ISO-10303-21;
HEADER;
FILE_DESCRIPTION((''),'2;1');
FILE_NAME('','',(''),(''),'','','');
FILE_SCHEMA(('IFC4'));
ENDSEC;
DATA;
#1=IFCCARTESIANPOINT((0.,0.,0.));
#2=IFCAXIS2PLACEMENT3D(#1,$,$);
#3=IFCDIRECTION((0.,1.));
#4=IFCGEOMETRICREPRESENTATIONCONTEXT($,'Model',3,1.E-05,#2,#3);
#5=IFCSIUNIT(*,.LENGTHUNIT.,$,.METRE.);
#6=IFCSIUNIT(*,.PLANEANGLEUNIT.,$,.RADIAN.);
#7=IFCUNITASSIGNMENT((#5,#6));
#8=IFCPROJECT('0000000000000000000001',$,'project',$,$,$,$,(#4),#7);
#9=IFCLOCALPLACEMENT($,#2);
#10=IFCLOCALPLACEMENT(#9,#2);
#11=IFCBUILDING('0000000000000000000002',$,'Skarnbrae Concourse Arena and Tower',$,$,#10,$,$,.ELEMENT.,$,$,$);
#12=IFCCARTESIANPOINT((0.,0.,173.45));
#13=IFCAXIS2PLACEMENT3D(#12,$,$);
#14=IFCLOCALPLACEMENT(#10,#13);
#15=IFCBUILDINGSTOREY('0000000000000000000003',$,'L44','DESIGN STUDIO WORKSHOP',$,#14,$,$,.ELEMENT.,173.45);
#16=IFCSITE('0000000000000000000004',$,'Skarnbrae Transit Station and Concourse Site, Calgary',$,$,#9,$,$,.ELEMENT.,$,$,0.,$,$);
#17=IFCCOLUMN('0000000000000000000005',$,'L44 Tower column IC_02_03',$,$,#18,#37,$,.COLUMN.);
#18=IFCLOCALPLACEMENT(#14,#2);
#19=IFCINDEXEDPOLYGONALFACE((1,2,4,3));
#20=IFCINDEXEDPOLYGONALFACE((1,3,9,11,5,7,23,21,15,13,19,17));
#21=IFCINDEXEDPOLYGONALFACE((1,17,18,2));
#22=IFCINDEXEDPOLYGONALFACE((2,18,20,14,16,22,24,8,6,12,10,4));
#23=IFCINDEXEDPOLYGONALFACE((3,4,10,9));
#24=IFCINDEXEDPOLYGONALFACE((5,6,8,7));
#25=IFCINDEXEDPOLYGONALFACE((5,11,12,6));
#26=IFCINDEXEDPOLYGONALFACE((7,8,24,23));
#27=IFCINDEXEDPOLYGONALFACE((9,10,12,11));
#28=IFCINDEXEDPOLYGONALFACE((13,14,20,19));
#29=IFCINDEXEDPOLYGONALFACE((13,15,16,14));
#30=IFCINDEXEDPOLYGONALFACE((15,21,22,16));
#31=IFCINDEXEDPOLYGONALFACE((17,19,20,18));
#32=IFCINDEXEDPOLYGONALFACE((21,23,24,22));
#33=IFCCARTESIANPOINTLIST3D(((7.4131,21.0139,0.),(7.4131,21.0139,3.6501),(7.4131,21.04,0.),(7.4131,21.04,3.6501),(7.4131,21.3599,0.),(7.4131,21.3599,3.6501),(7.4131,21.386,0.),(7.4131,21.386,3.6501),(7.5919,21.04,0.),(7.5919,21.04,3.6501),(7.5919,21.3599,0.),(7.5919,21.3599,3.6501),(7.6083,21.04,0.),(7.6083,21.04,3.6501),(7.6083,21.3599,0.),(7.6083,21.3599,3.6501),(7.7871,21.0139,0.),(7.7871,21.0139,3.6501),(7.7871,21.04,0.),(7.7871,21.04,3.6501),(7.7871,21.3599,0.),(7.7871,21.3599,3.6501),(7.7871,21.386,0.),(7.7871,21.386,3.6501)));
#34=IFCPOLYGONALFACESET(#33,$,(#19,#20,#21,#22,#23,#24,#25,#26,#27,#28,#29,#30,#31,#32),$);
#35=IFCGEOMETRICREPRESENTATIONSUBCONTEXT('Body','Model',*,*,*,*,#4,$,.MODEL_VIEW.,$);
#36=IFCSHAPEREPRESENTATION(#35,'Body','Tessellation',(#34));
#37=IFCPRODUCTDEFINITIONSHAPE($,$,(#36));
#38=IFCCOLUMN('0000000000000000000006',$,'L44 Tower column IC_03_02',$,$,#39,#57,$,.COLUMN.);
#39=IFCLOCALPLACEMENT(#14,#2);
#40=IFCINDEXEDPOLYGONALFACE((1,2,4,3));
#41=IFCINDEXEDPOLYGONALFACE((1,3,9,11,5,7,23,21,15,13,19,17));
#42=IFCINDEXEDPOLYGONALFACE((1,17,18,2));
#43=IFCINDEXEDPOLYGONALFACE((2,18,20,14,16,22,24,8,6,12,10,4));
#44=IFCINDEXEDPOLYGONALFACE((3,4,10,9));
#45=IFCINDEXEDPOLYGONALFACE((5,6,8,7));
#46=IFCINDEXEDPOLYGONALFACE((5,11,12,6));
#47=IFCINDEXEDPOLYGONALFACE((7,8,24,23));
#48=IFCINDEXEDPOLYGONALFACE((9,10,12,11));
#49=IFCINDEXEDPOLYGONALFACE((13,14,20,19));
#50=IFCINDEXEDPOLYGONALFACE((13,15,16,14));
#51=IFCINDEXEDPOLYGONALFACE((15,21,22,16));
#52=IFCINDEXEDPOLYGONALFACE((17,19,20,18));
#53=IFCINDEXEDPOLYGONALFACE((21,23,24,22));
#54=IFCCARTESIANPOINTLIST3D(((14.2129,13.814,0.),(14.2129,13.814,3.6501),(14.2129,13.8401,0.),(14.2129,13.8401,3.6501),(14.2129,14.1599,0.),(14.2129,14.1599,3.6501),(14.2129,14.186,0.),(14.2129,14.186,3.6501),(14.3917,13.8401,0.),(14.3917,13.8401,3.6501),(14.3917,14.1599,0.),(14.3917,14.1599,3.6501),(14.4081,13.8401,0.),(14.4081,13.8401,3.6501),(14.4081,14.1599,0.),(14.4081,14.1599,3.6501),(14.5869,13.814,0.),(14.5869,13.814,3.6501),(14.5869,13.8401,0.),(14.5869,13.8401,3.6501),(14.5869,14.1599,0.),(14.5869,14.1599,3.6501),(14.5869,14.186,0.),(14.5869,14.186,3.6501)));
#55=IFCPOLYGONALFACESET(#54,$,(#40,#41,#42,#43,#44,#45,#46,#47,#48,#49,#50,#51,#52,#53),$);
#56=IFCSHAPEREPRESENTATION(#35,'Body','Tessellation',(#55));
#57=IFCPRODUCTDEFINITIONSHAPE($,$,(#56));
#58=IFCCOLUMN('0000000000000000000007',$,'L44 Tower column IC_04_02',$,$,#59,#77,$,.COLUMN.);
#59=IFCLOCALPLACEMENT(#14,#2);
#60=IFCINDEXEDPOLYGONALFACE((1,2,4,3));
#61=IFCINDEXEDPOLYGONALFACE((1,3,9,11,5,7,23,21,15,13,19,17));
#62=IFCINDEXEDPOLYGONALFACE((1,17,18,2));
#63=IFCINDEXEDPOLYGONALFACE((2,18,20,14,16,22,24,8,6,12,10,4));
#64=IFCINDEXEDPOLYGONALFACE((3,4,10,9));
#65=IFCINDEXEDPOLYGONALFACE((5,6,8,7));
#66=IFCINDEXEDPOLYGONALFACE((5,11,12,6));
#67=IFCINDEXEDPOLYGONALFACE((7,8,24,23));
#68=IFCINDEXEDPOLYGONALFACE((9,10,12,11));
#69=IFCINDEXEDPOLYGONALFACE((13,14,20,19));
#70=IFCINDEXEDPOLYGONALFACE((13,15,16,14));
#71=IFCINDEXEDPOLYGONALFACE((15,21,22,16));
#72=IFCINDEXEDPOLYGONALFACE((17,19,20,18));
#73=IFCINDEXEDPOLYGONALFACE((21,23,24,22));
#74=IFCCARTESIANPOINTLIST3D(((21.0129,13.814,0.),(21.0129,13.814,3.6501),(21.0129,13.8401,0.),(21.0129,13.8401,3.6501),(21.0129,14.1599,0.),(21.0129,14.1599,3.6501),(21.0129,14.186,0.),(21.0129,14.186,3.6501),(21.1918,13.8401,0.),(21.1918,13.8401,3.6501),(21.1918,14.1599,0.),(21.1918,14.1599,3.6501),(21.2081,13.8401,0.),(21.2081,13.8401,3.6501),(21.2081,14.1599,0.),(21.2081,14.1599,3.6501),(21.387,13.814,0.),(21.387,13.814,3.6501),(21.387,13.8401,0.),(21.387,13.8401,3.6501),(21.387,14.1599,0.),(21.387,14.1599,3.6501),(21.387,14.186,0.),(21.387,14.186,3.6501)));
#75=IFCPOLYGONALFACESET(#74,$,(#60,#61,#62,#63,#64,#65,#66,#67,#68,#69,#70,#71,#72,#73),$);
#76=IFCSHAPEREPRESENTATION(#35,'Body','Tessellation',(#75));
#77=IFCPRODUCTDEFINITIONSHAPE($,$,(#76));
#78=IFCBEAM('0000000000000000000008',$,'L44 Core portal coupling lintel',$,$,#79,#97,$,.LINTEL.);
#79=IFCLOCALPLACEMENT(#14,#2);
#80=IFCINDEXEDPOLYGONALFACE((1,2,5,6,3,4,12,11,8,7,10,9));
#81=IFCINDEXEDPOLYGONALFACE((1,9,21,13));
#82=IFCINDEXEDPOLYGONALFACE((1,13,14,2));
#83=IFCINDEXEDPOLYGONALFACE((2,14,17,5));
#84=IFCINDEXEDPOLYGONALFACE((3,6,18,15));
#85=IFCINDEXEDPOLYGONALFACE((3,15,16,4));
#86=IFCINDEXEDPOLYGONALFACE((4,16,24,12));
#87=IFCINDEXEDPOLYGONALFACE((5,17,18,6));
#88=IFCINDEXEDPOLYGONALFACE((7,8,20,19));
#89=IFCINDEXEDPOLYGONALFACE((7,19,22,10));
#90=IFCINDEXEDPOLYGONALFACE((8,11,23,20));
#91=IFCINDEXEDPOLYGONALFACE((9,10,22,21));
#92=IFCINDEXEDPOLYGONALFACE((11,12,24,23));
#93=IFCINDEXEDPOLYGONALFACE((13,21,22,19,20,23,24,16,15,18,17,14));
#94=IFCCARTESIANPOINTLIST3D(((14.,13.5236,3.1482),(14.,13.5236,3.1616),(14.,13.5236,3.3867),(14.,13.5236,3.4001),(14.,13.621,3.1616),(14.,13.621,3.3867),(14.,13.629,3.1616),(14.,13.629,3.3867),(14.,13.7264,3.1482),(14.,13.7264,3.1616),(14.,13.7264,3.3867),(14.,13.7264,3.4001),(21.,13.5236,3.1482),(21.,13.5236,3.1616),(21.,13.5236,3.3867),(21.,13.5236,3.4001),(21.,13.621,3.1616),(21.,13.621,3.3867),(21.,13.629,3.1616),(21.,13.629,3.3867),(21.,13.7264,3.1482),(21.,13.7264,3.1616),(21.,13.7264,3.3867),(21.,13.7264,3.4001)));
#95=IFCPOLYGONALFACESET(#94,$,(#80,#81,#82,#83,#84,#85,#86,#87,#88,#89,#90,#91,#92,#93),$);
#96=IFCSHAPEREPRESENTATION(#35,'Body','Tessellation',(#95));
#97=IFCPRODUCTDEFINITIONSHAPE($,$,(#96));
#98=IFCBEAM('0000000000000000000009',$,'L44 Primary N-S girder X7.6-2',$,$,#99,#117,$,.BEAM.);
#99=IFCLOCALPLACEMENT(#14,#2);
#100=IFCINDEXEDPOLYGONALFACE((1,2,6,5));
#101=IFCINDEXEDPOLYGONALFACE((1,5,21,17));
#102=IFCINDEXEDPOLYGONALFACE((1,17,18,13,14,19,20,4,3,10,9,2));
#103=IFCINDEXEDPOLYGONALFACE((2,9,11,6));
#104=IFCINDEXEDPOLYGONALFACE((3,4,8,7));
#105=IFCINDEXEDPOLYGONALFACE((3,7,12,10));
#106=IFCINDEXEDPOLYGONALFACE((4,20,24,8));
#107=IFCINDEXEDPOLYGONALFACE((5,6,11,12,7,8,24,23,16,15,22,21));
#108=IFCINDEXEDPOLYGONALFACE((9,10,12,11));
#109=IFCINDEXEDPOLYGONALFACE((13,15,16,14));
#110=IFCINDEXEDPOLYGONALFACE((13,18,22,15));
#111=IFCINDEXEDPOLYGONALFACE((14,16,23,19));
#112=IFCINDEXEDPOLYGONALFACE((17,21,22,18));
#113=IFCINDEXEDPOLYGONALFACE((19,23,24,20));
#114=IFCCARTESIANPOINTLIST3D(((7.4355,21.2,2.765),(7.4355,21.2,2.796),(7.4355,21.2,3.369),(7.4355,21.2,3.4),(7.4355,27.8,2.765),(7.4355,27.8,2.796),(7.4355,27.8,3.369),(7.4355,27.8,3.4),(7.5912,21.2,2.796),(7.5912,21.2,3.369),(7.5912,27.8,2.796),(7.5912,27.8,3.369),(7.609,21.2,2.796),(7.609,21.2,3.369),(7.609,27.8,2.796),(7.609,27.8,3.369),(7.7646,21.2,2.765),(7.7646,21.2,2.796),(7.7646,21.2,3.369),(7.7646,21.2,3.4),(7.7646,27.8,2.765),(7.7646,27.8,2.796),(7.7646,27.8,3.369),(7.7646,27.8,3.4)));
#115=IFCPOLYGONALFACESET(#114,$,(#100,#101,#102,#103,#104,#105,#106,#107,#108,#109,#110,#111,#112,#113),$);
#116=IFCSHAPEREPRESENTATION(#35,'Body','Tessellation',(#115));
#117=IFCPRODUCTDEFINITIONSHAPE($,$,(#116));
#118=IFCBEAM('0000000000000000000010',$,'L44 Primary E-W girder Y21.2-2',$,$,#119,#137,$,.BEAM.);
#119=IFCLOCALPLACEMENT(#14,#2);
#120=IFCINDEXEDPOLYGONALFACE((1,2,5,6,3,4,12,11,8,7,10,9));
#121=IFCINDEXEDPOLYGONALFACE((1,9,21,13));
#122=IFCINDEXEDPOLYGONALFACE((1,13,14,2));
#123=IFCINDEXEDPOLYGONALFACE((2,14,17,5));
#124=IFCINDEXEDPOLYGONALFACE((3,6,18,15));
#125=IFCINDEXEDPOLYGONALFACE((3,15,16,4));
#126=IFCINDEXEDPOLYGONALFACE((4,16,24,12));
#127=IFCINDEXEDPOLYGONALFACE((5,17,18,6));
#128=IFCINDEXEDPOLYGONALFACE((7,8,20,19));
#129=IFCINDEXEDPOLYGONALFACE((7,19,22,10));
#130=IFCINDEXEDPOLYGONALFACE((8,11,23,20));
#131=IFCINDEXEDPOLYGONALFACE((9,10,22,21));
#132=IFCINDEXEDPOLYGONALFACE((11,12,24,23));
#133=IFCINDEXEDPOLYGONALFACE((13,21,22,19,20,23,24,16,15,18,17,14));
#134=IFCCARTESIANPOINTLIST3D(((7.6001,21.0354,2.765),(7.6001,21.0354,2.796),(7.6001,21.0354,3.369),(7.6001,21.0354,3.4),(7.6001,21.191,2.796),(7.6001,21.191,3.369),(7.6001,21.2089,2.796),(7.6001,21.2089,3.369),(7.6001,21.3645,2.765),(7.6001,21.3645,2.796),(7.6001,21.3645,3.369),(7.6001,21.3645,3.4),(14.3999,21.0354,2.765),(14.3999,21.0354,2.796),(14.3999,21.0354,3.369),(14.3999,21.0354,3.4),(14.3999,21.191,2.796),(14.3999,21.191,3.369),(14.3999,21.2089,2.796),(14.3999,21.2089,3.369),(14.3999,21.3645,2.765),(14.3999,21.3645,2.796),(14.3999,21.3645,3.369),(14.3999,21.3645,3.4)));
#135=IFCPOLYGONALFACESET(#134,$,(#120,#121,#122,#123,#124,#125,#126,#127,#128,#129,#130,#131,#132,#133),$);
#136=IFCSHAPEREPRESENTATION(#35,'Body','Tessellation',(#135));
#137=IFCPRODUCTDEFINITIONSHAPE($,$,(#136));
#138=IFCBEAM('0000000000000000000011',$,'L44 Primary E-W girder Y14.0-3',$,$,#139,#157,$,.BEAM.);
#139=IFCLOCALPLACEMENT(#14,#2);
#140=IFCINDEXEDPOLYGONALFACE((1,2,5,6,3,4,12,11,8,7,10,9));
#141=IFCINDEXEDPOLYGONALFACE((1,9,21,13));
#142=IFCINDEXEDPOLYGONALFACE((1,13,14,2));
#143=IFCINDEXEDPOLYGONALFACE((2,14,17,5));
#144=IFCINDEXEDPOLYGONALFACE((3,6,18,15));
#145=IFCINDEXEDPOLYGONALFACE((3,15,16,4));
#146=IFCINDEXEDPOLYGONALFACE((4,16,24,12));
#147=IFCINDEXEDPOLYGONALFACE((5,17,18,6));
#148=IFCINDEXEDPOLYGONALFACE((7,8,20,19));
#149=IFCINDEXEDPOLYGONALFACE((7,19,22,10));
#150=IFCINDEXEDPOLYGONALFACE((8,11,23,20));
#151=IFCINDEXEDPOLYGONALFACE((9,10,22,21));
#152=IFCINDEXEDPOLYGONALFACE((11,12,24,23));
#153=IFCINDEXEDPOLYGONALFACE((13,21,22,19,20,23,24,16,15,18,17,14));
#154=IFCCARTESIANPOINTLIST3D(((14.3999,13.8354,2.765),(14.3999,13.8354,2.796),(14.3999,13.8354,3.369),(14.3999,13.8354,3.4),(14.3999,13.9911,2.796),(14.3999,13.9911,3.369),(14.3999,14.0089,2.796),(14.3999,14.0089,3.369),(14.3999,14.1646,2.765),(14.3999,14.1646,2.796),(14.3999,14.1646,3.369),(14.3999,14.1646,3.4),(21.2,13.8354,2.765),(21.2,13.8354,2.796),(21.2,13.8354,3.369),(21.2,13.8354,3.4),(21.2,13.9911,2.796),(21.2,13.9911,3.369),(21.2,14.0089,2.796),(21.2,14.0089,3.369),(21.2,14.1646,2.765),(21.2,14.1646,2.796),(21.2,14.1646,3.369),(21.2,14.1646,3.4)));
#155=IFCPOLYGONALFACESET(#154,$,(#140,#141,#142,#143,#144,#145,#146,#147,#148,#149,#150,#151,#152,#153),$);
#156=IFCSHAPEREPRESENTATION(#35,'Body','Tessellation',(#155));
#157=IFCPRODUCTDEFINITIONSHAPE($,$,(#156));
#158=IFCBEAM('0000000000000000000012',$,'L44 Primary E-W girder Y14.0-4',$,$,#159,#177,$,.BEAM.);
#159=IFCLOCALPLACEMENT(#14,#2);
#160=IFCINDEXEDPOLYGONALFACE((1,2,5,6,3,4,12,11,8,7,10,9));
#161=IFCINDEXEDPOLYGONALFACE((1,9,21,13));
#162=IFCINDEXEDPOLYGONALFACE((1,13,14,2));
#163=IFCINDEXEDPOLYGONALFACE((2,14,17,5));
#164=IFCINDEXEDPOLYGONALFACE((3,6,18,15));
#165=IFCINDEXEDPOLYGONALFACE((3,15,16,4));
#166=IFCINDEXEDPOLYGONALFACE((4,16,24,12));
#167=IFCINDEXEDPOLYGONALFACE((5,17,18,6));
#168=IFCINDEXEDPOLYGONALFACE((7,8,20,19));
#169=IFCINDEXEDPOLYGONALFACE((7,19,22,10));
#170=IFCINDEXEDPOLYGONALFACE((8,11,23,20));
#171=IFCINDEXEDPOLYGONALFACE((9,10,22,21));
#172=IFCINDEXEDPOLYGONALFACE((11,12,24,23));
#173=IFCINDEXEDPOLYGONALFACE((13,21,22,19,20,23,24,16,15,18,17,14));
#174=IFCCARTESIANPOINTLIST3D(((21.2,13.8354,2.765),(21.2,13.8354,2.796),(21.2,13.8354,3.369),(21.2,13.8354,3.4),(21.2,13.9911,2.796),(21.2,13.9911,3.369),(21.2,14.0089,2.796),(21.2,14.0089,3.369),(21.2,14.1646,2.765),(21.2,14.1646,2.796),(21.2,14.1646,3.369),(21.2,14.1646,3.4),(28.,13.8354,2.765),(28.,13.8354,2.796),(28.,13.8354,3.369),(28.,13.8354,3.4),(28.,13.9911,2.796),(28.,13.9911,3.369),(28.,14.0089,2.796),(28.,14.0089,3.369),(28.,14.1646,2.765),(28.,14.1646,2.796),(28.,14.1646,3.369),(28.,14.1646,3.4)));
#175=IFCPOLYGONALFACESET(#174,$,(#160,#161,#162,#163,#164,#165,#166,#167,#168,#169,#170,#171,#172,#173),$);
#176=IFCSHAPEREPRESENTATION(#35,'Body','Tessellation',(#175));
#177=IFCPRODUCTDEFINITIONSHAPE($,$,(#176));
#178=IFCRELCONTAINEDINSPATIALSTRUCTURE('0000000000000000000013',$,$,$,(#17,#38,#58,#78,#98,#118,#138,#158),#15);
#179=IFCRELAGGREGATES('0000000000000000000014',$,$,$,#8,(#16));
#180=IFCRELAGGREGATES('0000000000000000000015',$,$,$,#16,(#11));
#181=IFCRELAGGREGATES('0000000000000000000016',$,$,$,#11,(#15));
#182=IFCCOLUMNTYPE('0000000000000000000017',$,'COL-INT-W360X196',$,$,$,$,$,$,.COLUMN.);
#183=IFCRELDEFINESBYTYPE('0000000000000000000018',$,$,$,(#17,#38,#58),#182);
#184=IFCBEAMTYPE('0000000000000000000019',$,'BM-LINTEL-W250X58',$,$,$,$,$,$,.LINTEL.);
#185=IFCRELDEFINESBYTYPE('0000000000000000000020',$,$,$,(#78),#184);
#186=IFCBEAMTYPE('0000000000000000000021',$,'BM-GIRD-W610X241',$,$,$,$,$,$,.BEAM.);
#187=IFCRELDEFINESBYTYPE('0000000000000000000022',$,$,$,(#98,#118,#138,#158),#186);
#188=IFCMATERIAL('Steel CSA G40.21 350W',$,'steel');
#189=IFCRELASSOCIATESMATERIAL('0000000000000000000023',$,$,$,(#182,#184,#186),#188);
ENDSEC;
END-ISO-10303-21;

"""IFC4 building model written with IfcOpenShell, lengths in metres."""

from ifc_helpers import new_model, si_unit, direction, frame, origin, origin_2d, place, context, subcontext, project, spatial, i_section, extrude, source, transform, mapped, material, material_profile, profile_set, type_object, element, save


model = new_model("IFC4")

# Units and contexts
model_context = context("Model", 3, precision=1e-05, world=origin(), true_north=direction((0.0, 1.0)))
body_context = subcontext(model_context, "Body", "Model", "MODEL_VIEW")
ifc_project = project(units=[si_unit("LENGTHUNIT", "METRE"), si_unit("PLANEANGLEUNIT", "RADIAN")], contexts=[model_context])

# Site, building, storey
site_placement = place(None, origin())
site = spatial("IfcSite", under=ifc_project, at=site_placement, Name="Skarnbrae Transit Station and Concourse Site, Calgary", CompositionType="ELEMENT", RefElevation=0.0)
building_placement = place(site_placement, origin())
building = spatial("IfcBuilding", under=site, at=building_placement, Name="Skarnbrae Concourse Arena and Tower", CompositionType="ELEMENT")
storey_placement = place(building_placement, frame((0.0, 0.0, 173.45)))
storey = spatial("IfcBuildingStorey", under=building, at=storey_placement, Name="L44", Description="DESIGN STUDIO WORKSHOP", CompositionType="ELEMENT", Elevation=173.45)

# Columns
ifc_material_1 = material(Name="Steel CSA G40.21 350W", Category="steel")
ifc_material_profile_1 = material_profile(ifc_material_1, i_section(OverallWidth=0.374, OverallDepth=0.3721, WebThickness=0.0164, FlangeThickness=0.0261, at=origin_2d()), Name="W360X196")
ifc_profile_set_1 = profile_set([ifc_material_profile_1], Name="Steel CSA G40.21 350W")
column_type = type_object("IfcColumnType", Name="COL-INT-W360X196", PredefinedType="COLUMN", material=ifc_profile_set_1)
shared_shape_1 = source(origin(), body_context, "Body", "SweptSolid", [
    extrude(i_section(OverallWidth=0.374, OverallDepth=0.3721, WebThickness=0.0164, FlangeThickness=0.0261, at=origin_2d()), origin(), (0.0, 0.0, 1.0), 3.6501),
])
for number, where, z_axis, x_axis, name in (
    (1, (7.6001, 21.2, 0.0), (0.0, 0.0, 1.0), (1.0, 0.0, 0.0), "L44 Tower column IC_02_03"),
    (2, (14.3999, 14.0, 0.0), (0.0, 0.0, 1.0), (1.0, 0.0, 0.0), "L44 Tower column IC_03_02"),
    (3, (21.2, 14.0, 0.0), (0.0, 0.0, 1.0), (1.0, 0.0, 0.0), "L44 Tower column IC_04_02"),
):
    element("IfcColumn", number, at=place(storey_placement, frame(where, z_axis=z_axis, x_axis=x_axis)), inside=storey, type_object=column_type, Name=name, PredefinedType="COLUMN", context=body_context, shape_type="MappedRepresentation", body=[
        mapped(shared_shape_1, transform((0.0, 0.0, 0.0))),
    ])

# Beams
ifc_material_profile_2 = material_profile(ifc_material_1, i_section(OverallWidth=0.2029, OverallDepth=0.252, WebThickness=0.0081, FlangeThickness=0.0134, at=origin_2d()), Name="W250X58")
ifc_profile_set_2 = profile_set([ifc_material_profile_2], Name="Steel CSA G40.21 350W")
beam_type_1 = type_object("IfcBeamType", Name="BM-LINTEL-W250X58", PredefinedType="LINTEL", material=ifc_profile_set_2)
shared_shape_2 = source(origin(), body_context, "Body", "SweptSolid", [
    extrude(i_section(OverallWidth=0.2029, OverallDepth=0.252, WebThickness=0.0081, FlangeThickness=0.0134, at=origin_2d()), origin(), (0.0, 0.0, 1.0), 7.0),
])
beam_1_placement = place(storey_placement, frame((14.0, 13.625, 3.2742), z_axis=(1.0, 0.0, 0.0), x_axis=(0.0, 1.0, 0.0)))
element("IfcBeam", 4, at=beam_1_placement, inside=storey, type_object=beam_type_1, Name="L44 Core portal coupling lintel", PredefinedType="LINTEL", context=body_context, shape_type="MappedRepresentation", body=[
    mapped(shared_shape_2, transform((0.0, 0.0, 0.0))),
])
ifc_material_profile_3 = material_profile(ifc_material_1, i_section(OverallWidth=0.3291, OverallDepth=0.635, WebThickness=0.0178, FlangeThickness=0.031, at=origin_2d()), Name="W610X241")
ifc_profile_set_3 = profile_set([ifc_material_profile_3], Name="Steel CSA G40.21 350W")
beam_type_2 = type_object("IfcBeamType", Name="BM-GIRD-W610X241", PredefinedType="BEAM", material=ifc_profile_set_3)
shared_shape_3 = source(origin(), body_context, "Body", "SweptSolid", [
    extrude(i_section(OverallWidth=0.3291, OverallDepth=0.635, WebThickness=0.0178, FlangeThickness=0.031, at=origin_2d()), origin(), (0.0, 0.0, 1.0), 6.6001),
])
beam_2_placement = place(storey_placement, frame((7.6001, 21.2, 3.0825), z_axis=(0.0, 1.0, 0.0), x_axis=(-1.0, 0.0, 0.0)))
element("IfcBeam", 5, at=beam_2_placement, inside=storey, type_object=beam_type_2, Name="L44 Primary N-S girder X7.6-2", PredefinedType="BEAM", context=body_context, shape_type="MappedRepresentation", body=[
    mapped(shared_shape_3, transform((0.0, 0.0, 0.0))),
])
shared_shape_4 = source(origin(), body_context, "Body", "SweptSolid", [
    extrude(i_section(OverallWidth=0.3291, OverallDepth=0.635, WebThickness=0.0178, FlangeThickness=0.031, at=origin_2d()), origin(), (0.0, 0.0, 1.0), 6.7998),
])
beam_3_placement = place(storey_placement, frame((7.6001, 21.2, 3.0825), z_axis=(1.0, 0.0, 0.0), x_axis=(0.0, 1.0, 0.0)))
element("IfcBeam", 6, at=beam_3_placement, inside=storey, type_object=beam_type_2, Name="L44 Primary E-W girder Y21.2-2", PredefinedType="BEAM", context=body_context, shape_type="MappedRepresentation", body=[
    mapped(shared_shape_4, transform((0.0, 0.0, 0.0))),
])
shared_shape_5 = source(origin(), body_context, "Body", "SweptSolid", [
    extrude(i_section(OverallWidth=0.3291, OverallDepth=0.635, WebThickness=0.0178, FlangeThickness=0.031, at=origin_2d()), origin(), (0.0, 0.0, 1.0), 6.8),
])
for number, where, z_axis, x_axis, name in (
    (7, (14.3999, 14.0, 3.0825), (1.0, 0.0, 0.0), (0.0, 1.0, 0.0), "L44 Primary E-W girder Y14.0-3"),
    (8, (21.2, 14.0, 3.0825), (1.0, 0.0, 0.0), (0.0, 1.0, 0.0), "L44 Primary E-W girder Y14.0-4"),
):
    element("IfcBeam", number, at=place(storey_placement, frame(where, z_axis=z_axis, x_axis=x_axis)), inside=storey, type_object=beam_type_2, Name=name, PredefinedType="BEAM", context=body_context, shape_type="MappedRepresentation", body=[
        mapped(shared_shape_5, transform((0.0, 0.0, 0.0))),
    ])

save(model, "model.ifc")
